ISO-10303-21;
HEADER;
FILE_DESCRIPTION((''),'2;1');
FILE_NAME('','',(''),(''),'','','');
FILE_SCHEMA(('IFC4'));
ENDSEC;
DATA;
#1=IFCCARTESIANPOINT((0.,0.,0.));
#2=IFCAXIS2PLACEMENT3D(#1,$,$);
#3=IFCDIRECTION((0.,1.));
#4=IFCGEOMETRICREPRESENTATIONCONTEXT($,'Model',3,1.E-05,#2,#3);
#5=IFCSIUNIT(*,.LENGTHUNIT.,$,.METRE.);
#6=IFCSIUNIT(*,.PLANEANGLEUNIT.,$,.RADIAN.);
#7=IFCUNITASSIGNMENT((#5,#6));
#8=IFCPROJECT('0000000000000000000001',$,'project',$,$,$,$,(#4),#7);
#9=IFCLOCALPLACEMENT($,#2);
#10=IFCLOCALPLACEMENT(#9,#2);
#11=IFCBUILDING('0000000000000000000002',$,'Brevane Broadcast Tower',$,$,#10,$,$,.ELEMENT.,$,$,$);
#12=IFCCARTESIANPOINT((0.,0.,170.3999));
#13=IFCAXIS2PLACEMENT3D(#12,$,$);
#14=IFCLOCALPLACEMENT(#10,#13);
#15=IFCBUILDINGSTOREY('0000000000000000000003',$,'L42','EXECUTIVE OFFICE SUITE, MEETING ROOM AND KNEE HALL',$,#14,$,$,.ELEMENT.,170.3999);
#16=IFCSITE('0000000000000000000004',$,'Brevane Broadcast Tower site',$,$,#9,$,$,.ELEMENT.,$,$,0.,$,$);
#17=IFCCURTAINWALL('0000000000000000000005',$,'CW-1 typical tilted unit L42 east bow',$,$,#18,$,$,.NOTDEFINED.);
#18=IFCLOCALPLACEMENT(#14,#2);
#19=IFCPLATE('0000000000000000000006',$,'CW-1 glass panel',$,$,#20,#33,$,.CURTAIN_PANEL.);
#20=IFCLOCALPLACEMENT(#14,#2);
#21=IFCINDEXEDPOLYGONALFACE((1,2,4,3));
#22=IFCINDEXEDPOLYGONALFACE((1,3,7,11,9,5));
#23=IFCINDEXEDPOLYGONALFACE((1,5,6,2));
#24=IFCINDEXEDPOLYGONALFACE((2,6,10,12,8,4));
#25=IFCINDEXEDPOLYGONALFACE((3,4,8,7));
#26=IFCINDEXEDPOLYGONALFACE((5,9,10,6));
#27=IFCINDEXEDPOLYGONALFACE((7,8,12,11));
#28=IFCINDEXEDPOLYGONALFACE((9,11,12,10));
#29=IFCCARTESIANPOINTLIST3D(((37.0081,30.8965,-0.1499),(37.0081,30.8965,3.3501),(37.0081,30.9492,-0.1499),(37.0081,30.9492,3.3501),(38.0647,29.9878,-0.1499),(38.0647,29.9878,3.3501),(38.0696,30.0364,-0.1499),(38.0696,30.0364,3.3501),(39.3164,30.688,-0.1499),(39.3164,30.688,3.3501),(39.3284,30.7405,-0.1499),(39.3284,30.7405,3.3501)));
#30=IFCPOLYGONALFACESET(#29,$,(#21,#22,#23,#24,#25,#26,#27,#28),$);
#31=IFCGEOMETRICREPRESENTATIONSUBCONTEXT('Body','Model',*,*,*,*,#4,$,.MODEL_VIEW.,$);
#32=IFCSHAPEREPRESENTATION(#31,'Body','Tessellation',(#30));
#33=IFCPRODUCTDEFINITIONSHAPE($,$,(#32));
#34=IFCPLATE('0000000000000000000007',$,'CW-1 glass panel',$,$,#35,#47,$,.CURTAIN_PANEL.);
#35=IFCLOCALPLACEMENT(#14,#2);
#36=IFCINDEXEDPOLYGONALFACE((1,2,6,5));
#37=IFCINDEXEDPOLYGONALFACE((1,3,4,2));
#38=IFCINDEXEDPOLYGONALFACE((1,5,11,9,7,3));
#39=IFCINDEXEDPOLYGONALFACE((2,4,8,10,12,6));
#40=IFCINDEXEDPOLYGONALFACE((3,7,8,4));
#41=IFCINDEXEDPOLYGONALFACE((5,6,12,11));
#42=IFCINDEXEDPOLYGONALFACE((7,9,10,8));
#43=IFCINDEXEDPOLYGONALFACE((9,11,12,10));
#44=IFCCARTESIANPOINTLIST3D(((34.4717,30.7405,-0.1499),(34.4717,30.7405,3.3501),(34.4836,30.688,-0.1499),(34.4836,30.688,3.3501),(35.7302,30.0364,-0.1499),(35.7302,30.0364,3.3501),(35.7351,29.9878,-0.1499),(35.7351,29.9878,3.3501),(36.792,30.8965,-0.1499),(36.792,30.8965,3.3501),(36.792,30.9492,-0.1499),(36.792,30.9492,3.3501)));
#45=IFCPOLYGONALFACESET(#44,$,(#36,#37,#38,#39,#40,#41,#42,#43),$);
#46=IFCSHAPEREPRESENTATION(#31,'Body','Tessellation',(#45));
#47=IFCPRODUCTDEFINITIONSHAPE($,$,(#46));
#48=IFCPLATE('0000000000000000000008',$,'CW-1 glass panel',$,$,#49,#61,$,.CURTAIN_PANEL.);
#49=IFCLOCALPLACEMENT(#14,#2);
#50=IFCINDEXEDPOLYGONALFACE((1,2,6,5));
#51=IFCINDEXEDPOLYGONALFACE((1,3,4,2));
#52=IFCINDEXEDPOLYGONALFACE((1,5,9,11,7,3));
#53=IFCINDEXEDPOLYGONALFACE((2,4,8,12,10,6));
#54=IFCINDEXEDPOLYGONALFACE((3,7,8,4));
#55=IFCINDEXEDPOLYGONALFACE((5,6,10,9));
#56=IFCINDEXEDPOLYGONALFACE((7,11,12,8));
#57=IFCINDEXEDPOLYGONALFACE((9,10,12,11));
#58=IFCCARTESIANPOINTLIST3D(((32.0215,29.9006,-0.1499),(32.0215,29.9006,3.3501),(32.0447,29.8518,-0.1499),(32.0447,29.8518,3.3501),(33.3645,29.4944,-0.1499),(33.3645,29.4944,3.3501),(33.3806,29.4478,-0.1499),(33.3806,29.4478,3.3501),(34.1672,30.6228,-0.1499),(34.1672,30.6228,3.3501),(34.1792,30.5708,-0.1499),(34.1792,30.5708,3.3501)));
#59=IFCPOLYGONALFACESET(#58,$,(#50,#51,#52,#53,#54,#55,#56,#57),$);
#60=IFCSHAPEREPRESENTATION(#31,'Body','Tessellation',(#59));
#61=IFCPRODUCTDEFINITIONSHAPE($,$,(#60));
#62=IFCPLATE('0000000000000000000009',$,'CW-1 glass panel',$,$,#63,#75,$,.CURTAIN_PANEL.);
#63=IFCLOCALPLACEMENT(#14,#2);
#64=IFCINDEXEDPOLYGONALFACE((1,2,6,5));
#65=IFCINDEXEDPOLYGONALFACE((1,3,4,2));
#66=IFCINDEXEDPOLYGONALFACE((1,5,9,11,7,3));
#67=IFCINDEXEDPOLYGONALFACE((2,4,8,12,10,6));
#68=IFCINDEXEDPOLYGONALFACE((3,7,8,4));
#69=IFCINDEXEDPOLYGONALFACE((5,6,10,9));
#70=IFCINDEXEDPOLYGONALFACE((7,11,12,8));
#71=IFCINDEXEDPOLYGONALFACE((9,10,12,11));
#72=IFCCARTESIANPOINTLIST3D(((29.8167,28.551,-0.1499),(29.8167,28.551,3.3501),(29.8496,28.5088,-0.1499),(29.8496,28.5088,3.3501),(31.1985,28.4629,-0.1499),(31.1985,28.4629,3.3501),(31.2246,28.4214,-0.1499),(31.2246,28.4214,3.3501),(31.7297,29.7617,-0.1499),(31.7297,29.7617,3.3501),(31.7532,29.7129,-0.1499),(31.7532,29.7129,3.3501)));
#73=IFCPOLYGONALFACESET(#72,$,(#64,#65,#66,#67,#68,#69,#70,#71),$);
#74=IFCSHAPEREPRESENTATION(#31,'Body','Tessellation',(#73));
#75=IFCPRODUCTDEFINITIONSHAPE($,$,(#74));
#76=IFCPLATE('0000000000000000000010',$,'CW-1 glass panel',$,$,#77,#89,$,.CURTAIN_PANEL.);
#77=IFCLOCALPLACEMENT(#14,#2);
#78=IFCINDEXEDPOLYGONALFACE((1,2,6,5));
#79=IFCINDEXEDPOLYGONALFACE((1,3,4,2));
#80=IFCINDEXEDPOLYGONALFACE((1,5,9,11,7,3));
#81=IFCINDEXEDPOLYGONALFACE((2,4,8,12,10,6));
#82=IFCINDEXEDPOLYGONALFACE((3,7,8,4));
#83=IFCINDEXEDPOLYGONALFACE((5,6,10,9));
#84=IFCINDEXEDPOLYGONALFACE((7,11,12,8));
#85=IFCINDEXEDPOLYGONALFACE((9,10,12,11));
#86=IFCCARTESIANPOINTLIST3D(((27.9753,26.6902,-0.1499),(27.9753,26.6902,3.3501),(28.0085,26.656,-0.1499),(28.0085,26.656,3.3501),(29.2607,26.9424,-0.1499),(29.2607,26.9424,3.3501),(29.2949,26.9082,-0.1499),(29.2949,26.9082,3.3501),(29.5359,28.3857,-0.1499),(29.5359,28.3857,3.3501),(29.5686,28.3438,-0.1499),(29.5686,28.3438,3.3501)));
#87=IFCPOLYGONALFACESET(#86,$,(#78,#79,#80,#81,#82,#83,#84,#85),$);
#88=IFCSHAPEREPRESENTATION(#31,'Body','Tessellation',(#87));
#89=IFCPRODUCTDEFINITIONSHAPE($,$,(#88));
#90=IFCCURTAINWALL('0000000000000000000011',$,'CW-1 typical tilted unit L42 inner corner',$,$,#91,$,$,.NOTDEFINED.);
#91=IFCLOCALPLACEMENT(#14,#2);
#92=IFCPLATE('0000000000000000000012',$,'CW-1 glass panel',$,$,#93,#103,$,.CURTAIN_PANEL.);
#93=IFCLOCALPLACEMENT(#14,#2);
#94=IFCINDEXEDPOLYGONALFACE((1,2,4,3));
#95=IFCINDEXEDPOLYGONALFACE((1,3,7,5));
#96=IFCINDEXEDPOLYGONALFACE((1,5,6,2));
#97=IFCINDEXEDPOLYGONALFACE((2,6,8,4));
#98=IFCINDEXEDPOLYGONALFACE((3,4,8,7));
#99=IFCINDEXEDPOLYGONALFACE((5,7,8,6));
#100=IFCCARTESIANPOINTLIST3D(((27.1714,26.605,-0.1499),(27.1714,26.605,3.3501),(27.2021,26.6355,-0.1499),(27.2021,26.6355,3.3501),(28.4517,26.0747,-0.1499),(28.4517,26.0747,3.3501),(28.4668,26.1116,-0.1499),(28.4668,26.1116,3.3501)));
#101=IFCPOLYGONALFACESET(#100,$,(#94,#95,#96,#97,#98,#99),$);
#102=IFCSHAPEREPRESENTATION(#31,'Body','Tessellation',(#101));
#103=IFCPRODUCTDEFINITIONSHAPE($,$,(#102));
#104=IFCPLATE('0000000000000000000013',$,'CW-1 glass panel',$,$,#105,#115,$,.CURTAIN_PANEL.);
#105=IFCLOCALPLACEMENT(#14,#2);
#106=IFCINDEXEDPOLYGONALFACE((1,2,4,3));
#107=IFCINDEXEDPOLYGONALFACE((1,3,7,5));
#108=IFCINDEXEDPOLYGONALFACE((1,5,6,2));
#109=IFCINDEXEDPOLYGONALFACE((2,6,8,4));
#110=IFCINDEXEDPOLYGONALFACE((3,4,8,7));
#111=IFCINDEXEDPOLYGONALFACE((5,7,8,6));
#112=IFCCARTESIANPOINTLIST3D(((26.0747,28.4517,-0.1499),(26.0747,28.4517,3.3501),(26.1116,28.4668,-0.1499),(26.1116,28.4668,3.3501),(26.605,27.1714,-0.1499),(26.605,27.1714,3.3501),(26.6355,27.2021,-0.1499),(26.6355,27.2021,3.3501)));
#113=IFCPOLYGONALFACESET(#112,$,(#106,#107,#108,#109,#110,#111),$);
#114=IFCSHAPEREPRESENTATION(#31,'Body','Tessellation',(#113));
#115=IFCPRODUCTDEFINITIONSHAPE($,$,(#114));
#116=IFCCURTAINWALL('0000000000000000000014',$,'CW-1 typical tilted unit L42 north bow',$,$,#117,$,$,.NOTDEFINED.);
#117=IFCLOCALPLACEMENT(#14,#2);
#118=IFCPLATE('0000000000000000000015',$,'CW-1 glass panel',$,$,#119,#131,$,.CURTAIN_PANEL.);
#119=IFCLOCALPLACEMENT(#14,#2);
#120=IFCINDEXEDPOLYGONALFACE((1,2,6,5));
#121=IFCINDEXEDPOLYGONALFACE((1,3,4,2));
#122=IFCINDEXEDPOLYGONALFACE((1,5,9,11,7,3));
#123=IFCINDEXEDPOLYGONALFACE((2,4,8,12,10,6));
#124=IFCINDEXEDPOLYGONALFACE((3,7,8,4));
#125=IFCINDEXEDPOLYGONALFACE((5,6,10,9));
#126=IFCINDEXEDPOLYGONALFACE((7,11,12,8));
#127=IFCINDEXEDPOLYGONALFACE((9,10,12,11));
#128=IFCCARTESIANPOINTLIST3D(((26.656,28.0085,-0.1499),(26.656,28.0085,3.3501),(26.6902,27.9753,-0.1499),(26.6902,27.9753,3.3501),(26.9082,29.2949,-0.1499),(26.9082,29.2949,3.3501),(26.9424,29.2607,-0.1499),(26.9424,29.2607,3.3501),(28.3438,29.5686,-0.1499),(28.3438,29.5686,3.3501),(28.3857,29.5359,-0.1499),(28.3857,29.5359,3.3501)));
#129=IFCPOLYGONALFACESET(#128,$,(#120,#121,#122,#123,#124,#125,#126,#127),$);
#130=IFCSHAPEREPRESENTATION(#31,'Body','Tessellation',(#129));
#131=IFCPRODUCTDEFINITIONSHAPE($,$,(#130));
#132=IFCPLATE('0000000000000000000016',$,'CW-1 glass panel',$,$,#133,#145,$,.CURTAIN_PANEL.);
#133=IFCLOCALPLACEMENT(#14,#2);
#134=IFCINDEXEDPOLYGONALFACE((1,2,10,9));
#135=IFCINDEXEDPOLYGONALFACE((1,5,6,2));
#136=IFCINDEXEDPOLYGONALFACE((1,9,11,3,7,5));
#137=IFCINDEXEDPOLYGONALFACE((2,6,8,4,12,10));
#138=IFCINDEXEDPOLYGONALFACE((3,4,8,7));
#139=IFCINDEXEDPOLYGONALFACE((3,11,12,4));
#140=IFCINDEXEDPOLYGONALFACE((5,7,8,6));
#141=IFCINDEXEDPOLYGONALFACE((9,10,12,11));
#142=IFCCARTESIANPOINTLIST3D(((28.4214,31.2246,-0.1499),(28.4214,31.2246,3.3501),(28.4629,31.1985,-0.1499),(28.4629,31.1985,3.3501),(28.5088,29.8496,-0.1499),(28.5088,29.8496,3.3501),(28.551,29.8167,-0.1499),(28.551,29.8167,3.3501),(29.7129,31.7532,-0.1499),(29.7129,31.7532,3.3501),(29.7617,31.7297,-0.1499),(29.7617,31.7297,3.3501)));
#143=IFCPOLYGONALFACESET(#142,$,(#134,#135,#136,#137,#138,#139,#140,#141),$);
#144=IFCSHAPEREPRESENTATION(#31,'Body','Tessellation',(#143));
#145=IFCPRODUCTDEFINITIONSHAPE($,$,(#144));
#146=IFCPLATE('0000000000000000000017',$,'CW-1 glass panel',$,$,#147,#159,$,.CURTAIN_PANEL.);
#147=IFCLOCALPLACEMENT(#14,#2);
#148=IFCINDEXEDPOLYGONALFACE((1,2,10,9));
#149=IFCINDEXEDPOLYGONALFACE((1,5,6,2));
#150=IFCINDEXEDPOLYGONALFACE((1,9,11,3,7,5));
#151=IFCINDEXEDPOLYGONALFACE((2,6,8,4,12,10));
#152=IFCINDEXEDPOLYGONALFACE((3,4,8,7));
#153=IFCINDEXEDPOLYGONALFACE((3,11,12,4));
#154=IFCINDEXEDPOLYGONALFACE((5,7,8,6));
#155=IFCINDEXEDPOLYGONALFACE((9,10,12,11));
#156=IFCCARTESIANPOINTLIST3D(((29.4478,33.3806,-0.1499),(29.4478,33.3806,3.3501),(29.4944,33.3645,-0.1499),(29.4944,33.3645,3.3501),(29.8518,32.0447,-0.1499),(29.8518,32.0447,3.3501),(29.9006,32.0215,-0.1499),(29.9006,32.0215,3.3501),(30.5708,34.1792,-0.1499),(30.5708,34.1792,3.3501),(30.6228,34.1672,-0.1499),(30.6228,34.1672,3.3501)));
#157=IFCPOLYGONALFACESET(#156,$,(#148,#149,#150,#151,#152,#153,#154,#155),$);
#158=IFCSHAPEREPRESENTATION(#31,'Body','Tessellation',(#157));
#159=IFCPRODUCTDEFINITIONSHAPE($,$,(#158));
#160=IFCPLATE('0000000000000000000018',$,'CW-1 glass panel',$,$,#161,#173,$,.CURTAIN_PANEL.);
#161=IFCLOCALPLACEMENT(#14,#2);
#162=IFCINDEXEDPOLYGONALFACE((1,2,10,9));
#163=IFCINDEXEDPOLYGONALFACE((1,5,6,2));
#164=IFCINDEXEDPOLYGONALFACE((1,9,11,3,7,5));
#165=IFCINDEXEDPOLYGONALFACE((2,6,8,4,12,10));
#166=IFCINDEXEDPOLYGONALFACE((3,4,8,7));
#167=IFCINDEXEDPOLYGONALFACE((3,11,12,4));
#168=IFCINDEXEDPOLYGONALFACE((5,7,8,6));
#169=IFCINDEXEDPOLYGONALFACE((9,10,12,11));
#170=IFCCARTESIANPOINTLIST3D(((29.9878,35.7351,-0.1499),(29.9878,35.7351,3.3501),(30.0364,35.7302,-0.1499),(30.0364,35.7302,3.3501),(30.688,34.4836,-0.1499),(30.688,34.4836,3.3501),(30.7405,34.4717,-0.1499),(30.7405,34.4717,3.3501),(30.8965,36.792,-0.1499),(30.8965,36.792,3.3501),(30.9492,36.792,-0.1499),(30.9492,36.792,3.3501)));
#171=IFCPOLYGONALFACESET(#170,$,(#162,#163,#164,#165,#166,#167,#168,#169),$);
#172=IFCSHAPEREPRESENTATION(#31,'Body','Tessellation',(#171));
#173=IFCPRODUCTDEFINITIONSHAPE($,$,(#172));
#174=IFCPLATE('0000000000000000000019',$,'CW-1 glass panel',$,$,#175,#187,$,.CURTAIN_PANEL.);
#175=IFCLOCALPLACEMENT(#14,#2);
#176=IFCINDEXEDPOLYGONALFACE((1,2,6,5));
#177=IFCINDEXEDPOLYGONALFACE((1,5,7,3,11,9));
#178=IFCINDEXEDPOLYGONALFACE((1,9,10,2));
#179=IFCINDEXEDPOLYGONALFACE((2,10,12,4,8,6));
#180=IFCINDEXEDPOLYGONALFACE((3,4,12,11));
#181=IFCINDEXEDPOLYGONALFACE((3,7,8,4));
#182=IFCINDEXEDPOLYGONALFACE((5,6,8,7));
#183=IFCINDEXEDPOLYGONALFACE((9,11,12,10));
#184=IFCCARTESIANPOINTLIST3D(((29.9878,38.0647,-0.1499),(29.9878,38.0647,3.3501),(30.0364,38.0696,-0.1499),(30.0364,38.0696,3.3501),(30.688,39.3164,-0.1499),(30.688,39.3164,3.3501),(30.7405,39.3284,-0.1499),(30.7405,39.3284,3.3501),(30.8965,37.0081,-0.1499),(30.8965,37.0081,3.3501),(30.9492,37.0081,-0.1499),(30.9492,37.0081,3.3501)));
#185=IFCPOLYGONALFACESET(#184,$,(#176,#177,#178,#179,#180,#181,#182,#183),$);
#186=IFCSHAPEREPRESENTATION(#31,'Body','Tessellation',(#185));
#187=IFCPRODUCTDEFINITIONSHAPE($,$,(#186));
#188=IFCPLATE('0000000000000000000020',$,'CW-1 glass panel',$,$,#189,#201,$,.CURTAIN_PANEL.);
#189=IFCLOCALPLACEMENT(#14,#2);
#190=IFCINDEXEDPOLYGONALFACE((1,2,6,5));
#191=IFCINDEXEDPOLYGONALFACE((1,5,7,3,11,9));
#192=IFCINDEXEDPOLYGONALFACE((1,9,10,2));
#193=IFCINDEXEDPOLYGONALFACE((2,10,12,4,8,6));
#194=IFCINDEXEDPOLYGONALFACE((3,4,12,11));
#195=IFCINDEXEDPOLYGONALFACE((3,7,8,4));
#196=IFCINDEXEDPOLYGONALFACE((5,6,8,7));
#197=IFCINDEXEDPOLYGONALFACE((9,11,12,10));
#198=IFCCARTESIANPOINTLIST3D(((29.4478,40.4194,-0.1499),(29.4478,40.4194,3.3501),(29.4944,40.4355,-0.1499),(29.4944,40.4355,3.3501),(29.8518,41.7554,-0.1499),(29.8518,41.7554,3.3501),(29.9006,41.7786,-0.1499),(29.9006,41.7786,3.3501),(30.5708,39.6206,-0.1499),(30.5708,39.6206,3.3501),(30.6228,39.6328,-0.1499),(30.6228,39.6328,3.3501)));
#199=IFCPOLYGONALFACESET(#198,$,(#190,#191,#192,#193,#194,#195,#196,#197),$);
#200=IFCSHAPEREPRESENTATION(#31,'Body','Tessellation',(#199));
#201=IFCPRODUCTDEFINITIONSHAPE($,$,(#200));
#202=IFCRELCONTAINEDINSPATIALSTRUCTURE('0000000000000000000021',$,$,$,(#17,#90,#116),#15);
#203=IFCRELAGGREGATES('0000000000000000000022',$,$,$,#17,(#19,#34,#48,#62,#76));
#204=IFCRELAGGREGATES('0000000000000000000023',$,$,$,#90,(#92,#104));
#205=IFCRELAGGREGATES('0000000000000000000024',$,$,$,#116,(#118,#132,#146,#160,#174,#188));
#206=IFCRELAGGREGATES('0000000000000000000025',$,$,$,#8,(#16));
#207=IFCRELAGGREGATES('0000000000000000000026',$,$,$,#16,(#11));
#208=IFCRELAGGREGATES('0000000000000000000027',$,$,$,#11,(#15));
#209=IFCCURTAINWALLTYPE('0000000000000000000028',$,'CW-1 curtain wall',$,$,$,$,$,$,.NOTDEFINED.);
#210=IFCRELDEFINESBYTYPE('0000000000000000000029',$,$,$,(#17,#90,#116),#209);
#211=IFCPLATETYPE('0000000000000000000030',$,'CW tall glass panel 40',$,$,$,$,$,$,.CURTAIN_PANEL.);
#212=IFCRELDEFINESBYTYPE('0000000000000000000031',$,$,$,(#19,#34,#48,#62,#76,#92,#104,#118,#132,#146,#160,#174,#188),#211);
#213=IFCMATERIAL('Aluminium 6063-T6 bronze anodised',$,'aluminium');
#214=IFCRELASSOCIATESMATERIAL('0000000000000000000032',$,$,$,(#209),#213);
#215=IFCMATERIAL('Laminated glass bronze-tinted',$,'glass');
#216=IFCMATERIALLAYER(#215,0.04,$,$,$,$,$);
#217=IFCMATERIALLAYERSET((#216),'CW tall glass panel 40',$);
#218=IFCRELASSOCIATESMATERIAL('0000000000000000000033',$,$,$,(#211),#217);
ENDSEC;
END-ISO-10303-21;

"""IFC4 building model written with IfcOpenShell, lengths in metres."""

from ifc_helpers import new_model, si_unit, direction, frame, origin, place, context, subcontext, project, spatial, polyline, outline, extrude, material, layer, layer_set, type_object, element, aggregate, save


model = new_model("IFC4")

# Units and contexts
model_context = context("Model", 3, precision=1e-05, world=origin(), true_north=direction((0.0, 1.0)))
body_context = subcontext(model_context, "Body", "Model", "MODEL_VIEW")
ifc_project = project(units=[si_unit("LENGTHUNIT", "METRE"), si_unit("PLANEANGLEUNIT", "RADIAN")], contexts=[model_context])

# Site, building, storey
site_placement = place(None, origin())
site = spatial("IfcSite", under=ifc_project, at=site_placement, Name="Brevane Broadcast Tower site", CompositionType="ELEMENT", RefElevation=0.0)
building_placement = place(site_placement, origin())
building = spatial("IfcBuilding", under=site, at=building_placement, Name="Brevane Broadcast Tower", CompositionType="ELEMENT")
storey_placement = place(building_placement, frame((0.0, 0.0, 170.3999)))
storey = spatial("IfcBuildingStorey", under=building, at=storey_placement, Name="L42", Description="EXECUTIVE OFFICE SUITE, MEETING ROOM AND KNEE HALL", CompositionType="ELEMENT", Elevation=170.3999)

# Curtain walls, plates
ifc_material_1 = material(Name="Aluminium 6063-T6 bronze anodised", Category="aluminium")
curtain_wall_type = type_object("IfcCurtainWallType", Name="CW-1 curtain wall", PredefinedType="NOTDEFINED", material=ifc_material_1)
curtain_wall_1_placement = place(storey_placement, origin())
curtain_wall_1 = element("IfcCurtainWall", 1, at=curtain_wall_1_placement, inside=storey, type_object=curtain_wall_type, Name="CW-1 typical tilted unit L42 east bow", PredefinedType="NOTDEFINED")
ifc_material_2 = material(Name="Laminated glass bronze-tinted", Category="glass")
ifc_layer = layer(ifc_material_2, 0.04)
ifc_layer_set = layer_set([ifc_layer], Name="CW tall glass panel 40")
plate_type = type_object("IfcPlateType", Name="CW tall glass panel 40", PredefinedType="CURTAIN_PANEL", material=ifc_layer_set)
plate_1_placement = place(storey_placement, frame((0.0, 0.0, -0.1499)))
plate_1 = element("IfcPlate", 2, at=plate_1_placement, type_object=plate_type, Name="CW-1 glass panel", PredefinedType="CURTAIN_PANEL", context=body_context, shape_type="SweptSolid", body=[
    extrude(outline(polyline([(39.3164, 30.688), (39.3284, 30.7405), (38.0696, 30.0364), (37.0081, 30.9492), (37.0081, 30.8965), (38.0647, 29.9878), (39.3164, 30.688)])), origin(), (0.0, 0.0, 1.0), 3.5),
])
plate_2_placement = place(storey_placement, frame((0.0, 0.0, -0.1499)))
plate_2 = element("IfcPlate", 3, at=plate_2_placement, type_object=plate_type, Name="CW-1 glass panel", PredefinedType="CURTAIN_PANEL", context=body_context, shape_type="SweptSolid", body=[
    extrude(outline(polyline([(36.792, 30.8965), (36.792, 30.9492), (35.7302, 30.0364), (34.4717, 30.7405), (34.4836, 30.688), (35.7351, 29.9878), (36.792, 30.8965)])), origin(), (0.0, 0.0, 1.0), 3.5),
])
plate_3_placement = place(storey_placement, frame((0.0, 0.0, -0.1499)))
plate_3 = element("IfcPlate", 4, at=plate_3_placement, type_object=plate_type, Name="CW-1 glass panel", PredefinedType="CURTAIN_PANEL", context=body_context, shape_type="SweptSolid", body=[
    extrude(outline(polyline([(34.1792, 30.5708), (34.1672, 30.6228), (33.3645, 29.4944), (32.0215, 29.9006), (32.0447, 29.8518), (33.3806, 29.4478), (34.1792, 30.5708)])), origin(), (0.0, 0.0, 1.0), 3.5),
])
plate_4_placement = place(storey_placement, frame((0.0, 0.0, -0.1499)))
plate_4 = element("IfcPlate", 5, at=plate_4_placement, type_object=plate_type, Name="CW-1 glass panel", PredefinedType="CURTAIN_PANEL", context=body_context, shape_type="SweptSolid", body=[
    extrude(outline(polyline([(31.7532, 29.7129), (31.7297, 29.7617), (31.1985, 28.4629), (29.8167, 28.551), (29.8496, 28.5088), (31.2246, 28.4214), (31.7532, 29.7129)])), origin(), (0.0, 0.0, 1.0), 3.5),
])
plate_5_placement = place(storey_placement, frame((0.0, 0.0, -0.1499)))
plate_5 = element("IfcPlate", 6, at=plate_5_placement, type_object=plate_type, Name="CW-1 glass panel", PredefinedType="CURTAIN_PANEL", context=body_context, shape_type="SweptSolid", body=[
    extrude(outline(polyline([(29.5686, 28.3438), (29.5359, 28.3857), (29.2607, 26.9424), (27.9753, 26.6902), (28.0085, 26.656), (29.2949, 26.9082), (29.5686, 28.3438)])), origin(), (0.0, 0.0, 1.0), 3.5),
])
aggregate(curtain_wall_1, [plate_1, plate_2, plate_3, plate_4, plate_5])
curtain_wall_2_placement = place(storey_placement, origin())
curtain_wall_2 = element("IfcCurtainWall", 7, at=curtain_wall_2_placement, inside=storey, type_object=curtain_wall_type, Name="CW-1 typical tilted unit L42 inner corner", PredefinedType="NOTDEFINED")
plate_6_placement = place(storey_placement, frame((0.0, 0.0, -0.1499)))
plate_6 = element("IfcPlate", 8, at=plate_6_placement, type_object=plate_type, Name="CW-1 glass panel", PredefinedType="CURTAIN_PANEL", context=body_context, shape_type="SweptSolid", body=[
    extrude(outline(polyline([(28.4517, 26.0747), (28.4668, 26.1116), (27.2021, 26.6355), (27.1714, 26.605), (28.4517, 26.0747)])), origin(), (0.0, 0.0, 1.0), 3.5),
])
plate_7_placement = place(storey_placement, frame((0.0, 0.0, -0.1499)))
plate_7 = element("IfcPlate", 9, at=plate_7_placement, type_object=plate_type, Name="CW-1 glass panel", PredefinedType="CURTAIN_PANEL", context=body_context, shape_type="SweptSolid", body=[
    extrude(outline(polyline([(26.605, 27.1714), (26.6355, 27.2021), (26.1116, 28.4668), (26.0747, 28.4517), (26.605, 27.1714)])), origin(), (0.0, 0.0, 1.0), 3.5),
])
aggregate(curtain_wall_2, [plate_6, plate_7])
curtain_wall_3_placement = place(storey_placement, origin())
curtain_wall_3 = element("IfcCurtainWall", 10, at=curtain_wall_3_placement, inside=storey, type_object=curtain_wall_type, Name="CW-1 typical tilted unit L42 north bow", PredefinedType="NOTDEFINED")
plate_8_placement = place(storey_placement, frame((0.0, 0.0, -0.1499)))
plate_8 = element("IfcPlate", 11, at=plate_8_placement, type_object=plate_type, Name="CW-1 glass panel", PredefinedType="CURTAIN_PANEL", context=body_context, shape_type="SweptSolid", body=[
    extrude(outline(polyline([(26.656, 28.0085), (26.6902, 27.9753), (26.9424, 29.2607), (28.3857, 29.5359), (28.3438, 29.5686), (26.9082, 29.2949), (26.656, 28.0085)])), origin(), (0.0, 0.0, 1.0), 3.5),
])
plate_9_placement = place(storey_placement, frame((0.0, 0.0, -0.1499)))
plate_9 = element("IfcPlate", 12, at=plate_9_placement, type_object=plate_type, Name="CW-1 glass panel", PredefinedType="CURTAIN_PANEL", context=body_context, shape_type="SweptSolid", body=[
    extrude(outline(polyline([(28.5088, 29.8496), (28.551, 29.8167), (28.4629, 31.1985), (29.7617, 31.7297), (29.7129, 31.7532), (28.4214, 31.2246), (28.5088, 29.8496)])), origin(), (0.0, 0.0, 1.0), 3.5),
])
plate_10_placement = place(storey_placement, frame((0.0, 0.0, -0.1499)))
plate_10 = element("IfcPlate", 13, at=plate_10_placement, type_object=plate_type, Name="CW-1 glass panel", PredefinedType="CURTAIN_PANEL", context=body_context, shape_type="SweptSolid", body=[
    extrude(outline(polyline([(29.8518, 32.0447), (29.9006, 32.0215), (29.4944, 33.3645), (30.6228, 34.1672), (30.5708, 34.1792), (29.4478, 33.3806), (29.8518, 32.0447)])), origin(), (0.0, 0.0, 1.0), 3.5),
])
plate_11_placement = place(storey_placement, frame((0.0, 0.0, -0.1499)))
plate_11 = element("IfcPlate", 14, at=plate_11_placement, type_object=plate_type, Name="CW-1 glass panel", PredefinedType="CURTAIN_PANEL", context=body_context, shape_type="SweptSolid", body=[
    extrude(outline(polyline([(30.688, 34.4836), (30.7405, 34.4717), (30.0364, 35.7302), (30.9492, 36.792), (30.8965, 36.792), (29.9878, 35.7351), (30.688, 34.4836)])), origin(), (0.0, 0.0, 1.0), 3.5),
])
plate_12_placement = place(storey_placement, frame((0.0, 0.0, -0.1499)))
plate_12 = element("IfcPlate", 15, at=plate_12_placement, type_object=plate_type, Name="CW-1 glass panel", PredefinedType="CURTAIN_PANEL", context=body_context, shape_type="SweptSolid", body=[
    extrude(outline(polyline([(30.8965, 37.0081), (30.9492, 37.0081), (30.0364, 38.0696), (30.7405, 39.3284), (30.688, 39.3164), (29.9878, 38.0647), (30.8965, 37.0081)])), origin(), (0.0, 0.0, 1.0), 3.5),
])
plate_13_placement = place(storey_placement, frame((0.0, 0.0, -0.1499)))
plate_13 = element("IfcPlate", 16, at=plate_13_placement, type_object=plate_type, Name="CW-1 glass panel", PredefinedType="CURTAIN_PANEL", context=body_context, shape_type="SweptSolid", body=[
    extrude(outline(polyline([(30.5708, 39.6206), (30.6228, 39.6328), (29.4944, 40.4355), (29.9006, 41.7786), (29.8518, 41.7554), (29.4478, 40.4194), (30.5708, 39.6206)])), origin(), (0.0, 0.0, 1.0), 3.5),
])
aggregate(curtain_wall_3, [plate_8, plate_9, plate_10, plate_11, plate_12, plate_13])

save(model, "model.ifc")
